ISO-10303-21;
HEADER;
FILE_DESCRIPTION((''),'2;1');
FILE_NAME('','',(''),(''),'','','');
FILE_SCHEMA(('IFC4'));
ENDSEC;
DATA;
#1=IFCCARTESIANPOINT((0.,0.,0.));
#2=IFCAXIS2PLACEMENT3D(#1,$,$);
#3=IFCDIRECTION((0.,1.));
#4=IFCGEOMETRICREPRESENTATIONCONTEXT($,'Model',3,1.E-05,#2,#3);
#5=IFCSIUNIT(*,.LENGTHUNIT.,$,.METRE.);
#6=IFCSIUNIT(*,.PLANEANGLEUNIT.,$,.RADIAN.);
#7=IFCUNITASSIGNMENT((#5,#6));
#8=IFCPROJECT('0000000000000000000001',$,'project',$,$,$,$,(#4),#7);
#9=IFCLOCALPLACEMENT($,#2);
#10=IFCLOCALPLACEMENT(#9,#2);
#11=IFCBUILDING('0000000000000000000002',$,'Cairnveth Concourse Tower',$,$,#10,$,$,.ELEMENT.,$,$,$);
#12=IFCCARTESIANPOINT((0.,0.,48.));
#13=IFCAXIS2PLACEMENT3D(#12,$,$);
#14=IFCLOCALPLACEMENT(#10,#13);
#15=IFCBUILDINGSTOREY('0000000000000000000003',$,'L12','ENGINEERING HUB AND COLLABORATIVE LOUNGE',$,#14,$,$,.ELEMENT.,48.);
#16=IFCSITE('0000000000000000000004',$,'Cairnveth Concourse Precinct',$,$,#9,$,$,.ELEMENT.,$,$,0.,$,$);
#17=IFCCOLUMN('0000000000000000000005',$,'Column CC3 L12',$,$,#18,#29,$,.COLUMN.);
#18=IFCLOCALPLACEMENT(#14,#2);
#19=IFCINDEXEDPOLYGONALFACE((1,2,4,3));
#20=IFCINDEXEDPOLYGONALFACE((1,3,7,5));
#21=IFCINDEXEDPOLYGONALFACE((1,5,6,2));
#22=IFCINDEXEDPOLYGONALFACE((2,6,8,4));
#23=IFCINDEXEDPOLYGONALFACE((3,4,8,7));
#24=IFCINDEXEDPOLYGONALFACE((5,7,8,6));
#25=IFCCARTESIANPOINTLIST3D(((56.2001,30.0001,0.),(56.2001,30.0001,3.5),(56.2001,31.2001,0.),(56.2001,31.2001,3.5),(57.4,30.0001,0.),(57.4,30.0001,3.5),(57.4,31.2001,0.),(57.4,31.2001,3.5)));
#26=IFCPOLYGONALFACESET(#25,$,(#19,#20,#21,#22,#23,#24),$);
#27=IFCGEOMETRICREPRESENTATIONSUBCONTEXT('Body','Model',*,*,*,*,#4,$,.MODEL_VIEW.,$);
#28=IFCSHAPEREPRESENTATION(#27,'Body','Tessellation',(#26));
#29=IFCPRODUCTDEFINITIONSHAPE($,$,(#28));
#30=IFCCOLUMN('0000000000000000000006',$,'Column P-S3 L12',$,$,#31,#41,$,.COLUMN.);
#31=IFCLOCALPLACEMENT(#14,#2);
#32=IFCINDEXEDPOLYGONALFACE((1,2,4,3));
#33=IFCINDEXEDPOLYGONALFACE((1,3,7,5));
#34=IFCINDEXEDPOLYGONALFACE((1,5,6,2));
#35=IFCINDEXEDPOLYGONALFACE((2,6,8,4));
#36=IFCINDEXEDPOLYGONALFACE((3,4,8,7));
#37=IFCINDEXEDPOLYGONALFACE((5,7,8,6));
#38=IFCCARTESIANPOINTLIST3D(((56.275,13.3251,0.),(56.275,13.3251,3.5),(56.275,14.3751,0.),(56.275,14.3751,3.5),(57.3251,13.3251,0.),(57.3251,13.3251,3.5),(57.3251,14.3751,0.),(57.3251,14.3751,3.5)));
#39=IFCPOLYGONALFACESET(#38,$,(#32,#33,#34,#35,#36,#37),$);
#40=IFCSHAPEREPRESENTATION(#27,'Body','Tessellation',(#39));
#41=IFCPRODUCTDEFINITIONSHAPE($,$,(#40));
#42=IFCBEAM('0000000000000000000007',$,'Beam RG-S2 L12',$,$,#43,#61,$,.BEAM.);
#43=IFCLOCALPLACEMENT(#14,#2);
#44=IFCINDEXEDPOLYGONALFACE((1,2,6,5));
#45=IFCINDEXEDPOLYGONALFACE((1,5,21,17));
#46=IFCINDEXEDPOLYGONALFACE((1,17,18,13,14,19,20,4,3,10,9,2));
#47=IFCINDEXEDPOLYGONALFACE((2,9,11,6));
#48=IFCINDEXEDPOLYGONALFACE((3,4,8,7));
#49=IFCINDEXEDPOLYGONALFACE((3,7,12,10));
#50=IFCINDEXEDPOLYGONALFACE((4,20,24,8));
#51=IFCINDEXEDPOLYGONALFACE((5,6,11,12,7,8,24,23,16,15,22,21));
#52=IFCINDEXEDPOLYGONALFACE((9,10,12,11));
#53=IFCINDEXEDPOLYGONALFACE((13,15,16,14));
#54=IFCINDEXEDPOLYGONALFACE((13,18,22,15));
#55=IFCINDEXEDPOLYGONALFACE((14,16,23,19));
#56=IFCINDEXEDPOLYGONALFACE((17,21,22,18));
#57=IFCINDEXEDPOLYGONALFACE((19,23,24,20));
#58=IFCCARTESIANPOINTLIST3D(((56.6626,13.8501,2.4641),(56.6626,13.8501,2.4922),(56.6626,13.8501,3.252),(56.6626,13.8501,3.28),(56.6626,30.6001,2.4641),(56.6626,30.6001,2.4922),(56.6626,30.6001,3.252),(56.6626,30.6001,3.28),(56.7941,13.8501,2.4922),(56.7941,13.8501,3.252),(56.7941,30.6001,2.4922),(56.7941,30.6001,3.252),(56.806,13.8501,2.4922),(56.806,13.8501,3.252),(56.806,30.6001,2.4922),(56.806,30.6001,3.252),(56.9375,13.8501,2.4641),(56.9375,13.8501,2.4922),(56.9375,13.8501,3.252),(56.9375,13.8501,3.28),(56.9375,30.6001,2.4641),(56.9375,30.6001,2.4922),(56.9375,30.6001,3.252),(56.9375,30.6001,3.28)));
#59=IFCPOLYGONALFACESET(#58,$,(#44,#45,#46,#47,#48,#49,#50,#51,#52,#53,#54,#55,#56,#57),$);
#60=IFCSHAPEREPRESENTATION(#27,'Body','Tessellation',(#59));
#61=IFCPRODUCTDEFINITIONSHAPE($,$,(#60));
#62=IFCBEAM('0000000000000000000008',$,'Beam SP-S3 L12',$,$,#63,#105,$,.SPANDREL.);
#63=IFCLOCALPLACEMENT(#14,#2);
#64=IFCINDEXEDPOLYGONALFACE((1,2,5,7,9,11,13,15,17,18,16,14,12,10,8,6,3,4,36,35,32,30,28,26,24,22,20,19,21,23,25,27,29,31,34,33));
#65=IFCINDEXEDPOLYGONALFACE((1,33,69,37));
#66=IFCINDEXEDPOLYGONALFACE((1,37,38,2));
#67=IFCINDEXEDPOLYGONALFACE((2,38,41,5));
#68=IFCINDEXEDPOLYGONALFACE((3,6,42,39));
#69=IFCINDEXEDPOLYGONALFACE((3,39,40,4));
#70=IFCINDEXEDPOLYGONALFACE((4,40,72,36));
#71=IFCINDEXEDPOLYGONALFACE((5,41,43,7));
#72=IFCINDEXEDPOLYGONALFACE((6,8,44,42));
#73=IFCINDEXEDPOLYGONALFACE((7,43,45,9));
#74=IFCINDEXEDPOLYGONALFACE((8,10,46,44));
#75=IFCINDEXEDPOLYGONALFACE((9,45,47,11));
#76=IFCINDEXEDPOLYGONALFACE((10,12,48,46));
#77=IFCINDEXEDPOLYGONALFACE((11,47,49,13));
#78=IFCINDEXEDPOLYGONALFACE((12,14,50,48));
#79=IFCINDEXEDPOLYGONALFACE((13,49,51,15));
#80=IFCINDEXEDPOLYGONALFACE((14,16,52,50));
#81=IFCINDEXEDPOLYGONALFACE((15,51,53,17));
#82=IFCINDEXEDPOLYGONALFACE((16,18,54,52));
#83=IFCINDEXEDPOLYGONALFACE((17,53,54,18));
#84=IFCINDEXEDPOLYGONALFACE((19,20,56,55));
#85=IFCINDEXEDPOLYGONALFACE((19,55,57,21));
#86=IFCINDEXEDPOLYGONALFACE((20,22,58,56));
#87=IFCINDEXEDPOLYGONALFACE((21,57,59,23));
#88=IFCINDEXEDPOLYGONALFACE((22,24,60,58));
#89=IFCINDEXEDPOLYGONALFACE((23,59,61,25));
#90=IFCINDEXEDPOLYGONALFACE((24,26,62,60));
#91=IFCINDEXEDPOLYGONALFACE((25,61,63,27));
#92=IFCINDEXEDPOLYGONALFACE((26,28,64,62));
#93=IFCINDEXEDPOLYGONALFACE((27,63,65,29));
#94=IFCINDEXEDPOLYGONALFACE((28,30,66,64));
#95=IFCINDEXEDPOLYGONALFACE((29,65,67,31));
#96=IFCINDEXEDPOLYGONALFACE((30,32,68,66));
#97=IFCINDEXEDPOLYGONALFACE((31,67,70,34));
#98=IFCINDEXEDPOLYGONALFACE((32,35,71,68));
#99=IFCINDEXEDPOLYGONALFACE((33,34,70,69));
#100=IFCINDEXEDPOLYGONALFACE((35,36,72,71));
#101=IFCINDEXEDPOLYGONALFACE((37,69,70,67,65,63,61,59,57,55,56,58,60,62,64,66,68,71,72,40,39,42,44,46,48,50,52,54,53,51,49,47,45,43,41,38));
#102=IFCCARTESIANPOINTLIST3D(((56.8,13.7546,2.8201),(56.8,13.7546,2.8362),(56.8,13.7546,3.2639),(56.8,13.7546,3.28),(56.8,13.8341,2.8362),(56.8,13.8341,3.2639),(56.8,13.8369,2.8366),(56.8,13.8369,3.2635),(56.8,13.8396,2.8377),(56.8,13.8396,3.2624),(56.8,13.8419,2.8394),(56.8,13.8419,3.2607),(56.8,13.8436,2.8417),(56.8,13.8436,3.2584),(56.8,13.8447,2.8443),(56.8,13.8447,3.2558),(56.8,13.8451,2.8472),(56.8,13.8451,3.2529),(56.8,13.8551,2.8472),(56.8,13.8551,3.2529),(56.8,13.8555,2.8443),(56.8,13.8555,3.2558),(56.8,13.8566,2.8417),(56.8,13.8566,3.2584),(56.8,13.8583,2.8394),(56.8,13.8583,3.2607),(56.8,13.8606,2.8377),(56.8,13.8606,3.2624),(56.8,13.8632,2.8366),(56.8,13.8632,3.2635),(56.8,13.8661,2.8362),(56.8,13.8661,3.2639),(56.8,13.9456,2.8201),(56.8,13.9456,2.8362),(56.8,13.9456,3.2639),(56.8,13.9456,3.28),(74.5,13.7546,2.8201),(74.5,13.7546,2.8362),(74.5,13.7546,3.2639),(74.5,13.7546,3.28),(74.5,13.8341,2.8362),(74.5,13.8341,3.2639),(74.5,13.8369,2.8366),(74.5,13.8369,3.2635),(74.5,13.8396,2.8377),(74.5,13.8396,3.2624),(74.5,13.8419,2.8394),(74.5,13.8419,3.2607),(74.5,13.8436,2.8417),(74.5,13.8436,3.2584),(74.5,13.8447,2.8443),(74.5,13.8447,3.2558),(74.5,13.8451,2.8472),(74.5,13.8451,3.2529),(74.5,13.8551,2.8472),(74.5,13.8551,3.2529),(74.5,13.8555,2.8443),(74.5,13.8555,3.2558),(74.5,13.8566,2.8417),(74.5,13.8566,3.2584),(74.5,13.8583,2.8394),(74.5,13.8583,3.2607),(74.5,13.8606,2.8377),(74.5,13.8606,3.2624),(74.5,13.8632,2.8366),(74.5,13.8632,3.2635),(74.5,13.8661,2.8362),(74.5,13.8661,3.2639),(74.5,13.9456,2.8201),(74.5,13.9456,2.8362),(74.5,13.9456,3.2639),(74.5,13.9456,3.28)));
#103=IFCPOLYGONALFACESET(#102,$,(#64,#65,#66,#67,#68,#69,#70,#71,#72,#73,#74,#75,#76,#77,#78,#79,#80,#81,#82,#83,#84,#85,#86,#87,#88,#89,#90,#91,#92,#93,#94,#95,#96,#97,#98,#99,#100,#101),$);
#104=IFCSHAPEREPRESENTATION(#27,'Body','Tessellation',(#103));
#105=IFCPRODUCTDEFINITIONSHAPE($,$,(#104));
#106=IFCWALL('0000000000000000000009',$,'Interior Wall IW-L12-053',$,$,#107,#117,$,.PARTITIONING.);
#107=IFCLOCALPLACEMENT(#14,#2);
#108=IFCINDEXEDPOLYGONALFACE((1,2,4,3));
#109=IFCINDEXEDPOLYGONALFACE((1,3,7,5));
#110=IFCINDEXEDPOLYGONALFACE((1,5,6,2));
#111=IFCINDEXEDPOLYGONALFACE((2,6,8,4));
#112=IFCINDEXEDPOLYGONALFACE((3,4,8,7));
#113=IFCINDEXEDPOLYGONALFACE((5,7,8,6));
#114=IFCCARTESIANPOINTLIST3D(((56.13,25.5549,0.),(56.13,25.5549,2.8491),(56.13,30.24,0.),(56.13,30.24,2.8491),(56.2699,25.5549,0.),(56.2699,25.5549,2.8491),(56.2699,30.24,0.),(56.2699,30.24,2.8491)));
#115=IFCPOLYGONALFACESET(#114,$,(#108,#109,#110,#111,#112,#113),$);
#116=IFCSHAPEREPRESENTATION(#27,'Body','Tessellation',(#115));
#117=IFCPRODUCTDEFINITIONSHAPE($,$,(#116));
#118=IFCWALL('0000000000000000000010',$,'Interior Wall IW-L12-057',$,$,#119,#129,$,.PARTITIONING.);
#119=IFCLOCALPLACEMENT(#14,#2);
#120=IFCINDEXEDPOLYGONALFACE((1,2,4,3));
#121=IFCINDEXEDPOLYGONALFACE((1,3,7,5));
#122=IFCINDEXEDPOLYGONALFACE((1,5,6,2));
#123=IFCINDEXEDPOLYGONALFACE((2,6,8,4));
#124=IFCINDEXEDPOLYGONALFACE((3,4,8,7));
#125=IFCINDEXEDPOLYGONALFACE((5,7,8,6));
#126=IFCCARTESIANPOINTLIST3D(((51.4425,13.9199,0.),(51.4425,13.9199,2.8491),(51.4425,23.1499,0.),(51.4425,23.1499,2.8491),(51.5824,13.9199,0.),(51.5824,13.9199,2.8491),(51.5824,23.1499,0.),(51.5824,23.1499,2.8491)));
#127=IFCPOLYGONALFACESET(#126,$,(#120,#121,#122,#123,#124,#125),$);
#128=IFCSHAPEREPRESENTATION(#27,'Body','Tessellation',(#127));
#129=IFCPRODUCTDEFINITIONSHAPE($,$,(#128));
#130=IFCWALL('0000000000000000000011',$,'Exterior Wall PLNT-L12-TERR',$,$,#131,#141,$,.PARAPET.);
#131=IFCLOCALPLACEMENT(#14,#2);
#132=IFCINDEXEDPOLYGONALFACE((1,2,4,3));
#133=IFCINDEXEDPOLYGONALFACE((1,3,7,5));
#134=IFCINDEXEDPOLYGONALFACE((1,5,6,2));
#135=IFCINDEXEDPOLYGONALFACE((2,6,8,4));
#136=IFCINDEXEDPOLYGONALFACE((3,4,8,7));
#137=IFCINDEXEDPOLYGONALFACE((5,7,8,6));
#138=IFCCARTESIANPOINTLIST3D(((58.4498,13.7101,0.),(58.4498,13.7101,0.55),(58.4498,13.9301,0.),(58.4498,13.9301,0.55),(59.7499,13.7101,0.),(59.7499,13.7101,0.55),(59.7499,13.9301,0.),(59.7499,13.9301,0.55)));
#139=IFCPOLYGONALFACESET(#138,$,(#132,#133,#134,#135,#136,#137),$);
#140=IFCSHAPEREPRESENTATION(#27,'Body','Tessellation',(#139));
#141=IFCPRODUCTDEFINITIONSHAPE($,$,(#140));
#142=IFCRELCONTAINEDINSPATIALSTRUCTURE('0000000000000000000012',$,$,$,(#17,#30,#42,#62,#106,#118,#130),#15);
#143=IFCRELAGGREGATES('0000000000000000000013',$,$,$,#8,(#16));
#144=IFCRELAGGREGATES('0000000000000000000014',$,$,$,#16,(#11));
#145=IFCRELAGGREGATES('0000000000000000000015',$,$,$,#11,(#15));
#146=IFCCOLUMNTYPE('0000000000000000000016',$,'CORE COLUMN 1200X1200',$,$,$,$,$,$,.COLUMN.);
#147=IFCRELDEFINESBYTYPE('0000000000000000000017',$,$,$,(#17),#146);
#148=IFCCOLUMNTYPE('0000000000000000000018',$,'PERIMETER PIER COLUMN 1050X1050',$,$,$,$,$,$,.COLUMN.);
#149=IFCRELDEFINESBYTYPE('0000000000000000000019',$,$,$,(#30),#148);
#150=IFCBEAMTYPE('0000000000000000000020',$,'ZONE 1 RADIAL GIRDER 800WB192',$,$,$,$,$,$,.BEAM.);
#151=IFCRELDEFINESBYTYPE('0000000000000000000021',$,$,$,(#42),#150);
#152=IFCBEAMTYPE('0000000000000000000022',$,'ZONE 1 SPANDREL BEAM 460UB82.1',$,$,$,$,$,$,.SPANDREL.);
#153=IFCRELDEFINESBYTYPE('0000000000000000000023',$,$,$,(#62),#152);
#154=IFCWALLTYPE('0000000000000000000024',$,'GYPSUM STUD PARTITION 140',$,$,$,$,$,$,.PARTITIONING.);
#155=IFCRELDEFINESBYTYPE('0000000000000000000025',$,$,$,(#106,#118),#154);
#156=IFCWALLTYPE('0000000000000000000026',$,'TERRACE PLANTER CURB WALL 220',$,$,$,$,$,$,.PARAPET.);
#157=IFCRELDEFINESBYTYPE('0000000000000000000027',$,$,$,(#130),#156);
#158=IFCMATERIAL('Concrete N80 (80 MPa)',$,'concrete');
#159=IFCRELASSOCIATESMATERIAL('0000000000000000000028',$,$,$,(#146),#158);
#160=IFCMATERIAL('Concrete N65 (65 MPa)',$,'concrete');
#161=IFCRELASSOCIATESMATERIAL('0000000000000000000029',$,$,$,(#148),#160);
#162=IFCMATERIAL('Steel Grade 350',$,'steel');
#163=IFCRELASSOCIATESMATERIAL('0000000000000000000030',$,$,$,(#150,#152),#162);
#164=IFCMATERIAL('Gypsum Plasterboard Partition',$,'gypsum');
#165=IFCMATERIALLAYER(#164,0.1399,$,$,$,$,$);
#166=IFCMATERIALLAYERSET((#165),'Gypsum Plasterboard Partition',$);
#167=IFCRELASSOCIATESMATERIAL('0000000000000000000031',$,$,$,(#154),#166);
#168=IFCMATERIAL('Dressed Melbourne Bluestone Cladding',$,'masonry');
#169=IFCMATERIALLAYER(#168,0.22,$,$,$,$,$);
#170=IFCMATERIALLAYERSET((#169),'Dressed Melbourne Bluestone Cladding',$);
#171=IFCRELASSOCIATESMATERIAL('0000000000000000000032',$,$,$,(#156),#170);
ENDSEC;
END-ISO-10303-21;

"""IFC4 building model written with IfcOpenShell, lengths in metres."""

from ifc_helpers import new_model, si_unit, direction, frame, frame_2d, origin, origin_2d, place, context, subcontext, project, spatial, rectangle, i_section, extrude, material, layer, layer_set, material_profile, profile_set, type_object, element, save


model = new_model("IFC4")

# Units and contexts
model_context = context("Model", 3, precision=1e-05, world=origin(), true_north=direction((0.0, 1.0)))
body_context = subcontext(model_context, "Body", "Model", "MODEL_VIEW")
ifc_project = project(units=[si_unit("LENGTHUNIT", "METRE"), si_unit("PLANEANGLEUNIT", "RADIAN")], contexts=[model_context])

# Site, building, storey
site_placement = place(None, origin())
site = spatial("IfcSite", under=ifc_project, at=site_placement, Name="Cairnveth Concourse Precinct", CompositionType="ELEMENT", RefElevation=0.0)
building_placement = place(site_placement, origin())
building = spatial("IfcBuilding", under=site, at=building_placement, Name="Cairnveth Concourse Tower", CompositionType="ELEMENT")
storey_placement = place(building_placement, frame((0.0, 0.0, 48.0)))
storey = spatial("IfcBuildingStorey", under=building, at=storey_placement, Name="L12", Description="ENGINEERING HUB AND COLLABORATIVE LOUNGE", CompositionType="ELEMENT", Elevation=48.0)

# Columns
ifc_material_1 = material(Name="Concrete N80 (80 MPa)", Category="concrete")
ifc_material_profile_1 = material_profile(ifc_material_1, rectangle(XDim=1.2, YDim=1.2, at=origin_2d()), Name="RC-COL-1200x1200")
ifc_profile_set_1 = profile_set([ifc_material_profile_1], Name="Concrete N80 (80 MPa)")
column_type_1 = type_object("IfcColumnType", Name="CORE COLUMN 1200X1200", PredefinedType="COLUMN", material=ifc_profile_set_1)
column_1_placement = place(storey_placement, frame((56.8, 30.6001, 0.0), z_axis=(0.0, 0.0, 1.0), x_axis=(1.0, 0.0, 0.0)))
element("IfcColumn", 1, at=column_1_placement, inside=storey, type_object=column_type_1, Name="Column CC3 L12", PredefinedType="COLUMN", context=body_context, shape_type="SweptSolid", body=[
    extrude(rectangle(XDim=1.2, YDim=1.2, at=origin_2d()), origin(), (0.0, 0.0, 1.0), 3.5),
])
ifc_material_2 = material(Name="Concrete N65 (65 MPa)", Category="concrete")
ifc_material_profile_2 = material_profile(ifc_material_2, rectangle(XDim=1.05, YDim=1.05, at=origin_2d()), Name="RC-COL-1050x1050")
ifc_profile_set_2 = profile_set([ifc_material_profile_2], Name="Concrete N65 (65 MPa)")
column_type_2 = type_object("IfcColumnType", Name="PERIMETER PIER COLUMN 1050X1050", PredefinedType="COLUMN", material=ifc_profile_set_2)
column_2_placement = place(storey_placement, frame((56.8, 13.8501, 0.0), z_axis=(0.0, 0.0, 1.0), x_axis=(1.0, 0.0, 0.0)))
element("IfcColumn", 2, at=column_2_placement, inside=storey, type_object=column_type_2, Name="Column P-S3 L12", PredefinedType="COLUMN", context=body_context, shape_type="SweptSolid", body=[
    extrude(rectangle(XDim=1.05, YDim=1.05, at=origin_2d()), origin(), (0.0, 0.0, 1.0), 3.5),
])

# Beams
ifc_material_3 = material(Name="Steel Grade 350", Category="steel")
ifc_material_profile_3 = material_profile(ifc_material_3, i_section(OverallWidth=0.2749, OverallDepth=0.8159, WebThickness=0.012, FlangeThickness=0.0281, at=origin_2d()), Name="800WB192")
ifc_profile_set_3 = profile_set([ifc_material_profile_3], Name="Steel Grade 350")
beam_type_1 = type_object("IfcBeamType", Name="ZONE 1 RADIAL GIRDER 800WB192", PredefinedType="BEAM", material=ifc_profile_set_3)
beam_1_placement = place(storey_placement, frame((56.8, 13.8501, 2.8721), z_axis=(0.0, 1.0, 0.0), x_axis=(-1.0, 0.0, 0.0)))
element("IfcBeam", 3, at=beam_1_placement, inside=storey, type_object=beam_type_1, Name="Beam RG-S2 L12", PredefinedType="BEAM", context=body_context, shape_type="SweptSolid", body=[
    extrude(i_section(OverallWidth=0.2749, OverallDepth=0.8159, WebThickness=0.012, FlangeThickness=0.0281, at=origin_2d()), origin(), (0.0, 0.0, 1.0), 16.75),
])
ifc_material_profile_4 = material_profile(ifc_material_3, i_section(OverallWidth=0.1909, OverallDepth=0.46, WebThickness=0.01, FlangeThickness=0.0161, FilletRadius=0.011, at=origin_2d()), Name="460UB82.1")
ifc_profile_set_4 = profile_set([ifc_material_profile_4], Name="Steel Grade 350")
beam_type_2 = type_object("IfcBeamType", Name="ZONE 1 SPANDREL BEAM 460UB82.1", PredefinedType="SPANDREL", material=ifc_profile_set_4)
beam_2_placement = place(storey_placement, frame((56.8, 13.8501, 3.05), z_axis=(1.0, 0.0, 0.0), x_axis=(0.0, 1.0, 0.0)))
element("IfcBeam", 4, at=beam_2_placement, inside=storey, type_object=beam_type_2, Name="Beam SP-S3 L12", PredefinedType="SPANDREL", context=body_context, shape_type="SweptSolid", body=[
    extrude(i_section(OverallWidth=0.1909, OverallDepth=0.46, WebThickness=0.01, FlangeThickness=0.0161, FilletRadius=0.011, at=origin_2d()), origin(), (0.0, 0.0, 1.0), 17.7),
])

# Walls
ifc_material_4 = material(Name="Gypsum Plasterboard Partition", Category="gypsum")
ifc_layer_1 = layer(ifc_material_4, 0.1399)
ifc_layer_set_1 = layer_set([ifc_layer_1], Name="Gypsum Plasterboard Partition")
wall_type_1 = type_object("IfcWallType", Name="GYPSUM STUD PARTITION 140", PredefinedType="PARTITIONING", material=ifc_layer_set_1)
wall_1_placement = place(storey_placement, frame((56.2, 25.5549, 0.0), z_axis=(0.0, 0.0, 1.0), x_axis=(0.0, 1.0, 0.0)))
element("IfcWall", 5, at=wall_1_placement, inside=storey, type_object=wall_type_1, Name="Interior Wall IW-L12-053", PredefinedType="PARTITIONING", context=body_context, shape_type="SweptSolid", body=[
    extrude(rectangle(XDim=4.6851, YDim=0.1399, at=frame_2d((2.3425, 0.0))), origin(), (0.0, 0.0, 1.0), 2.8491),
])
wall_2_placement = place(storey_placement, frame((51.5125, 13.9199, 0.0), z_axis=(0.0, 0.0, 1.0), x_axis=(0.0, 1.0, 0.0)))
element("IfcWall", 6, at=wall_2_placement, inside=storey, type_object=wall_type_1, Name="Interior Wall IW-L12-057", PredefinedType="PARTITIONING", context=body_context, shape_type="SweptSolid", body=[
    extrude(rectangle(XDim=9.23, YDim=0.1399, at=frame_2d((4.615, 0.0))), origin(), (0.0, 0.0, 1.0), 2.8491),
])
ifc_material_5 = material(Name="Dressed Melbourne Bluestone Cladding", Category="masonry")
ifc_layer_2 = layer(ifc_material_5, 0.22)
ifc_layer_set_2 = layer_set([ifc_layer_2], Name="Dressed Melbourne Bluestone Cladding")
wall_type_2 = type_object("IfcWallType", Name="TERRACE PLANTER CURB WALL 220", PredefinedType="PARAPET", material=ifc_layer_set_2)
wall_3_placement = place(storey_placement, frame((58.45, 13.8201, 0.0), z_axis=(0.0, 0.0, 1.0), x_axis=(1.0, 0.0, 0.0)))
element("IfcWall", 7, at=wall_3_placement, inside=storey, type_object=wall_type_2, Name="Exterior Wall PLNT-L12-TERR", PredefinedType="PARAPET", context=body_context, shape_type="SweptSolid", body=[
    extrude(rectangle(XDim=1.3, YDim=0.22, at=frame_2d((0.6499, 0.0))), origin(), (0.0, 0.0, 1.0), 0.55),
])

save(model, "model.ifc")
